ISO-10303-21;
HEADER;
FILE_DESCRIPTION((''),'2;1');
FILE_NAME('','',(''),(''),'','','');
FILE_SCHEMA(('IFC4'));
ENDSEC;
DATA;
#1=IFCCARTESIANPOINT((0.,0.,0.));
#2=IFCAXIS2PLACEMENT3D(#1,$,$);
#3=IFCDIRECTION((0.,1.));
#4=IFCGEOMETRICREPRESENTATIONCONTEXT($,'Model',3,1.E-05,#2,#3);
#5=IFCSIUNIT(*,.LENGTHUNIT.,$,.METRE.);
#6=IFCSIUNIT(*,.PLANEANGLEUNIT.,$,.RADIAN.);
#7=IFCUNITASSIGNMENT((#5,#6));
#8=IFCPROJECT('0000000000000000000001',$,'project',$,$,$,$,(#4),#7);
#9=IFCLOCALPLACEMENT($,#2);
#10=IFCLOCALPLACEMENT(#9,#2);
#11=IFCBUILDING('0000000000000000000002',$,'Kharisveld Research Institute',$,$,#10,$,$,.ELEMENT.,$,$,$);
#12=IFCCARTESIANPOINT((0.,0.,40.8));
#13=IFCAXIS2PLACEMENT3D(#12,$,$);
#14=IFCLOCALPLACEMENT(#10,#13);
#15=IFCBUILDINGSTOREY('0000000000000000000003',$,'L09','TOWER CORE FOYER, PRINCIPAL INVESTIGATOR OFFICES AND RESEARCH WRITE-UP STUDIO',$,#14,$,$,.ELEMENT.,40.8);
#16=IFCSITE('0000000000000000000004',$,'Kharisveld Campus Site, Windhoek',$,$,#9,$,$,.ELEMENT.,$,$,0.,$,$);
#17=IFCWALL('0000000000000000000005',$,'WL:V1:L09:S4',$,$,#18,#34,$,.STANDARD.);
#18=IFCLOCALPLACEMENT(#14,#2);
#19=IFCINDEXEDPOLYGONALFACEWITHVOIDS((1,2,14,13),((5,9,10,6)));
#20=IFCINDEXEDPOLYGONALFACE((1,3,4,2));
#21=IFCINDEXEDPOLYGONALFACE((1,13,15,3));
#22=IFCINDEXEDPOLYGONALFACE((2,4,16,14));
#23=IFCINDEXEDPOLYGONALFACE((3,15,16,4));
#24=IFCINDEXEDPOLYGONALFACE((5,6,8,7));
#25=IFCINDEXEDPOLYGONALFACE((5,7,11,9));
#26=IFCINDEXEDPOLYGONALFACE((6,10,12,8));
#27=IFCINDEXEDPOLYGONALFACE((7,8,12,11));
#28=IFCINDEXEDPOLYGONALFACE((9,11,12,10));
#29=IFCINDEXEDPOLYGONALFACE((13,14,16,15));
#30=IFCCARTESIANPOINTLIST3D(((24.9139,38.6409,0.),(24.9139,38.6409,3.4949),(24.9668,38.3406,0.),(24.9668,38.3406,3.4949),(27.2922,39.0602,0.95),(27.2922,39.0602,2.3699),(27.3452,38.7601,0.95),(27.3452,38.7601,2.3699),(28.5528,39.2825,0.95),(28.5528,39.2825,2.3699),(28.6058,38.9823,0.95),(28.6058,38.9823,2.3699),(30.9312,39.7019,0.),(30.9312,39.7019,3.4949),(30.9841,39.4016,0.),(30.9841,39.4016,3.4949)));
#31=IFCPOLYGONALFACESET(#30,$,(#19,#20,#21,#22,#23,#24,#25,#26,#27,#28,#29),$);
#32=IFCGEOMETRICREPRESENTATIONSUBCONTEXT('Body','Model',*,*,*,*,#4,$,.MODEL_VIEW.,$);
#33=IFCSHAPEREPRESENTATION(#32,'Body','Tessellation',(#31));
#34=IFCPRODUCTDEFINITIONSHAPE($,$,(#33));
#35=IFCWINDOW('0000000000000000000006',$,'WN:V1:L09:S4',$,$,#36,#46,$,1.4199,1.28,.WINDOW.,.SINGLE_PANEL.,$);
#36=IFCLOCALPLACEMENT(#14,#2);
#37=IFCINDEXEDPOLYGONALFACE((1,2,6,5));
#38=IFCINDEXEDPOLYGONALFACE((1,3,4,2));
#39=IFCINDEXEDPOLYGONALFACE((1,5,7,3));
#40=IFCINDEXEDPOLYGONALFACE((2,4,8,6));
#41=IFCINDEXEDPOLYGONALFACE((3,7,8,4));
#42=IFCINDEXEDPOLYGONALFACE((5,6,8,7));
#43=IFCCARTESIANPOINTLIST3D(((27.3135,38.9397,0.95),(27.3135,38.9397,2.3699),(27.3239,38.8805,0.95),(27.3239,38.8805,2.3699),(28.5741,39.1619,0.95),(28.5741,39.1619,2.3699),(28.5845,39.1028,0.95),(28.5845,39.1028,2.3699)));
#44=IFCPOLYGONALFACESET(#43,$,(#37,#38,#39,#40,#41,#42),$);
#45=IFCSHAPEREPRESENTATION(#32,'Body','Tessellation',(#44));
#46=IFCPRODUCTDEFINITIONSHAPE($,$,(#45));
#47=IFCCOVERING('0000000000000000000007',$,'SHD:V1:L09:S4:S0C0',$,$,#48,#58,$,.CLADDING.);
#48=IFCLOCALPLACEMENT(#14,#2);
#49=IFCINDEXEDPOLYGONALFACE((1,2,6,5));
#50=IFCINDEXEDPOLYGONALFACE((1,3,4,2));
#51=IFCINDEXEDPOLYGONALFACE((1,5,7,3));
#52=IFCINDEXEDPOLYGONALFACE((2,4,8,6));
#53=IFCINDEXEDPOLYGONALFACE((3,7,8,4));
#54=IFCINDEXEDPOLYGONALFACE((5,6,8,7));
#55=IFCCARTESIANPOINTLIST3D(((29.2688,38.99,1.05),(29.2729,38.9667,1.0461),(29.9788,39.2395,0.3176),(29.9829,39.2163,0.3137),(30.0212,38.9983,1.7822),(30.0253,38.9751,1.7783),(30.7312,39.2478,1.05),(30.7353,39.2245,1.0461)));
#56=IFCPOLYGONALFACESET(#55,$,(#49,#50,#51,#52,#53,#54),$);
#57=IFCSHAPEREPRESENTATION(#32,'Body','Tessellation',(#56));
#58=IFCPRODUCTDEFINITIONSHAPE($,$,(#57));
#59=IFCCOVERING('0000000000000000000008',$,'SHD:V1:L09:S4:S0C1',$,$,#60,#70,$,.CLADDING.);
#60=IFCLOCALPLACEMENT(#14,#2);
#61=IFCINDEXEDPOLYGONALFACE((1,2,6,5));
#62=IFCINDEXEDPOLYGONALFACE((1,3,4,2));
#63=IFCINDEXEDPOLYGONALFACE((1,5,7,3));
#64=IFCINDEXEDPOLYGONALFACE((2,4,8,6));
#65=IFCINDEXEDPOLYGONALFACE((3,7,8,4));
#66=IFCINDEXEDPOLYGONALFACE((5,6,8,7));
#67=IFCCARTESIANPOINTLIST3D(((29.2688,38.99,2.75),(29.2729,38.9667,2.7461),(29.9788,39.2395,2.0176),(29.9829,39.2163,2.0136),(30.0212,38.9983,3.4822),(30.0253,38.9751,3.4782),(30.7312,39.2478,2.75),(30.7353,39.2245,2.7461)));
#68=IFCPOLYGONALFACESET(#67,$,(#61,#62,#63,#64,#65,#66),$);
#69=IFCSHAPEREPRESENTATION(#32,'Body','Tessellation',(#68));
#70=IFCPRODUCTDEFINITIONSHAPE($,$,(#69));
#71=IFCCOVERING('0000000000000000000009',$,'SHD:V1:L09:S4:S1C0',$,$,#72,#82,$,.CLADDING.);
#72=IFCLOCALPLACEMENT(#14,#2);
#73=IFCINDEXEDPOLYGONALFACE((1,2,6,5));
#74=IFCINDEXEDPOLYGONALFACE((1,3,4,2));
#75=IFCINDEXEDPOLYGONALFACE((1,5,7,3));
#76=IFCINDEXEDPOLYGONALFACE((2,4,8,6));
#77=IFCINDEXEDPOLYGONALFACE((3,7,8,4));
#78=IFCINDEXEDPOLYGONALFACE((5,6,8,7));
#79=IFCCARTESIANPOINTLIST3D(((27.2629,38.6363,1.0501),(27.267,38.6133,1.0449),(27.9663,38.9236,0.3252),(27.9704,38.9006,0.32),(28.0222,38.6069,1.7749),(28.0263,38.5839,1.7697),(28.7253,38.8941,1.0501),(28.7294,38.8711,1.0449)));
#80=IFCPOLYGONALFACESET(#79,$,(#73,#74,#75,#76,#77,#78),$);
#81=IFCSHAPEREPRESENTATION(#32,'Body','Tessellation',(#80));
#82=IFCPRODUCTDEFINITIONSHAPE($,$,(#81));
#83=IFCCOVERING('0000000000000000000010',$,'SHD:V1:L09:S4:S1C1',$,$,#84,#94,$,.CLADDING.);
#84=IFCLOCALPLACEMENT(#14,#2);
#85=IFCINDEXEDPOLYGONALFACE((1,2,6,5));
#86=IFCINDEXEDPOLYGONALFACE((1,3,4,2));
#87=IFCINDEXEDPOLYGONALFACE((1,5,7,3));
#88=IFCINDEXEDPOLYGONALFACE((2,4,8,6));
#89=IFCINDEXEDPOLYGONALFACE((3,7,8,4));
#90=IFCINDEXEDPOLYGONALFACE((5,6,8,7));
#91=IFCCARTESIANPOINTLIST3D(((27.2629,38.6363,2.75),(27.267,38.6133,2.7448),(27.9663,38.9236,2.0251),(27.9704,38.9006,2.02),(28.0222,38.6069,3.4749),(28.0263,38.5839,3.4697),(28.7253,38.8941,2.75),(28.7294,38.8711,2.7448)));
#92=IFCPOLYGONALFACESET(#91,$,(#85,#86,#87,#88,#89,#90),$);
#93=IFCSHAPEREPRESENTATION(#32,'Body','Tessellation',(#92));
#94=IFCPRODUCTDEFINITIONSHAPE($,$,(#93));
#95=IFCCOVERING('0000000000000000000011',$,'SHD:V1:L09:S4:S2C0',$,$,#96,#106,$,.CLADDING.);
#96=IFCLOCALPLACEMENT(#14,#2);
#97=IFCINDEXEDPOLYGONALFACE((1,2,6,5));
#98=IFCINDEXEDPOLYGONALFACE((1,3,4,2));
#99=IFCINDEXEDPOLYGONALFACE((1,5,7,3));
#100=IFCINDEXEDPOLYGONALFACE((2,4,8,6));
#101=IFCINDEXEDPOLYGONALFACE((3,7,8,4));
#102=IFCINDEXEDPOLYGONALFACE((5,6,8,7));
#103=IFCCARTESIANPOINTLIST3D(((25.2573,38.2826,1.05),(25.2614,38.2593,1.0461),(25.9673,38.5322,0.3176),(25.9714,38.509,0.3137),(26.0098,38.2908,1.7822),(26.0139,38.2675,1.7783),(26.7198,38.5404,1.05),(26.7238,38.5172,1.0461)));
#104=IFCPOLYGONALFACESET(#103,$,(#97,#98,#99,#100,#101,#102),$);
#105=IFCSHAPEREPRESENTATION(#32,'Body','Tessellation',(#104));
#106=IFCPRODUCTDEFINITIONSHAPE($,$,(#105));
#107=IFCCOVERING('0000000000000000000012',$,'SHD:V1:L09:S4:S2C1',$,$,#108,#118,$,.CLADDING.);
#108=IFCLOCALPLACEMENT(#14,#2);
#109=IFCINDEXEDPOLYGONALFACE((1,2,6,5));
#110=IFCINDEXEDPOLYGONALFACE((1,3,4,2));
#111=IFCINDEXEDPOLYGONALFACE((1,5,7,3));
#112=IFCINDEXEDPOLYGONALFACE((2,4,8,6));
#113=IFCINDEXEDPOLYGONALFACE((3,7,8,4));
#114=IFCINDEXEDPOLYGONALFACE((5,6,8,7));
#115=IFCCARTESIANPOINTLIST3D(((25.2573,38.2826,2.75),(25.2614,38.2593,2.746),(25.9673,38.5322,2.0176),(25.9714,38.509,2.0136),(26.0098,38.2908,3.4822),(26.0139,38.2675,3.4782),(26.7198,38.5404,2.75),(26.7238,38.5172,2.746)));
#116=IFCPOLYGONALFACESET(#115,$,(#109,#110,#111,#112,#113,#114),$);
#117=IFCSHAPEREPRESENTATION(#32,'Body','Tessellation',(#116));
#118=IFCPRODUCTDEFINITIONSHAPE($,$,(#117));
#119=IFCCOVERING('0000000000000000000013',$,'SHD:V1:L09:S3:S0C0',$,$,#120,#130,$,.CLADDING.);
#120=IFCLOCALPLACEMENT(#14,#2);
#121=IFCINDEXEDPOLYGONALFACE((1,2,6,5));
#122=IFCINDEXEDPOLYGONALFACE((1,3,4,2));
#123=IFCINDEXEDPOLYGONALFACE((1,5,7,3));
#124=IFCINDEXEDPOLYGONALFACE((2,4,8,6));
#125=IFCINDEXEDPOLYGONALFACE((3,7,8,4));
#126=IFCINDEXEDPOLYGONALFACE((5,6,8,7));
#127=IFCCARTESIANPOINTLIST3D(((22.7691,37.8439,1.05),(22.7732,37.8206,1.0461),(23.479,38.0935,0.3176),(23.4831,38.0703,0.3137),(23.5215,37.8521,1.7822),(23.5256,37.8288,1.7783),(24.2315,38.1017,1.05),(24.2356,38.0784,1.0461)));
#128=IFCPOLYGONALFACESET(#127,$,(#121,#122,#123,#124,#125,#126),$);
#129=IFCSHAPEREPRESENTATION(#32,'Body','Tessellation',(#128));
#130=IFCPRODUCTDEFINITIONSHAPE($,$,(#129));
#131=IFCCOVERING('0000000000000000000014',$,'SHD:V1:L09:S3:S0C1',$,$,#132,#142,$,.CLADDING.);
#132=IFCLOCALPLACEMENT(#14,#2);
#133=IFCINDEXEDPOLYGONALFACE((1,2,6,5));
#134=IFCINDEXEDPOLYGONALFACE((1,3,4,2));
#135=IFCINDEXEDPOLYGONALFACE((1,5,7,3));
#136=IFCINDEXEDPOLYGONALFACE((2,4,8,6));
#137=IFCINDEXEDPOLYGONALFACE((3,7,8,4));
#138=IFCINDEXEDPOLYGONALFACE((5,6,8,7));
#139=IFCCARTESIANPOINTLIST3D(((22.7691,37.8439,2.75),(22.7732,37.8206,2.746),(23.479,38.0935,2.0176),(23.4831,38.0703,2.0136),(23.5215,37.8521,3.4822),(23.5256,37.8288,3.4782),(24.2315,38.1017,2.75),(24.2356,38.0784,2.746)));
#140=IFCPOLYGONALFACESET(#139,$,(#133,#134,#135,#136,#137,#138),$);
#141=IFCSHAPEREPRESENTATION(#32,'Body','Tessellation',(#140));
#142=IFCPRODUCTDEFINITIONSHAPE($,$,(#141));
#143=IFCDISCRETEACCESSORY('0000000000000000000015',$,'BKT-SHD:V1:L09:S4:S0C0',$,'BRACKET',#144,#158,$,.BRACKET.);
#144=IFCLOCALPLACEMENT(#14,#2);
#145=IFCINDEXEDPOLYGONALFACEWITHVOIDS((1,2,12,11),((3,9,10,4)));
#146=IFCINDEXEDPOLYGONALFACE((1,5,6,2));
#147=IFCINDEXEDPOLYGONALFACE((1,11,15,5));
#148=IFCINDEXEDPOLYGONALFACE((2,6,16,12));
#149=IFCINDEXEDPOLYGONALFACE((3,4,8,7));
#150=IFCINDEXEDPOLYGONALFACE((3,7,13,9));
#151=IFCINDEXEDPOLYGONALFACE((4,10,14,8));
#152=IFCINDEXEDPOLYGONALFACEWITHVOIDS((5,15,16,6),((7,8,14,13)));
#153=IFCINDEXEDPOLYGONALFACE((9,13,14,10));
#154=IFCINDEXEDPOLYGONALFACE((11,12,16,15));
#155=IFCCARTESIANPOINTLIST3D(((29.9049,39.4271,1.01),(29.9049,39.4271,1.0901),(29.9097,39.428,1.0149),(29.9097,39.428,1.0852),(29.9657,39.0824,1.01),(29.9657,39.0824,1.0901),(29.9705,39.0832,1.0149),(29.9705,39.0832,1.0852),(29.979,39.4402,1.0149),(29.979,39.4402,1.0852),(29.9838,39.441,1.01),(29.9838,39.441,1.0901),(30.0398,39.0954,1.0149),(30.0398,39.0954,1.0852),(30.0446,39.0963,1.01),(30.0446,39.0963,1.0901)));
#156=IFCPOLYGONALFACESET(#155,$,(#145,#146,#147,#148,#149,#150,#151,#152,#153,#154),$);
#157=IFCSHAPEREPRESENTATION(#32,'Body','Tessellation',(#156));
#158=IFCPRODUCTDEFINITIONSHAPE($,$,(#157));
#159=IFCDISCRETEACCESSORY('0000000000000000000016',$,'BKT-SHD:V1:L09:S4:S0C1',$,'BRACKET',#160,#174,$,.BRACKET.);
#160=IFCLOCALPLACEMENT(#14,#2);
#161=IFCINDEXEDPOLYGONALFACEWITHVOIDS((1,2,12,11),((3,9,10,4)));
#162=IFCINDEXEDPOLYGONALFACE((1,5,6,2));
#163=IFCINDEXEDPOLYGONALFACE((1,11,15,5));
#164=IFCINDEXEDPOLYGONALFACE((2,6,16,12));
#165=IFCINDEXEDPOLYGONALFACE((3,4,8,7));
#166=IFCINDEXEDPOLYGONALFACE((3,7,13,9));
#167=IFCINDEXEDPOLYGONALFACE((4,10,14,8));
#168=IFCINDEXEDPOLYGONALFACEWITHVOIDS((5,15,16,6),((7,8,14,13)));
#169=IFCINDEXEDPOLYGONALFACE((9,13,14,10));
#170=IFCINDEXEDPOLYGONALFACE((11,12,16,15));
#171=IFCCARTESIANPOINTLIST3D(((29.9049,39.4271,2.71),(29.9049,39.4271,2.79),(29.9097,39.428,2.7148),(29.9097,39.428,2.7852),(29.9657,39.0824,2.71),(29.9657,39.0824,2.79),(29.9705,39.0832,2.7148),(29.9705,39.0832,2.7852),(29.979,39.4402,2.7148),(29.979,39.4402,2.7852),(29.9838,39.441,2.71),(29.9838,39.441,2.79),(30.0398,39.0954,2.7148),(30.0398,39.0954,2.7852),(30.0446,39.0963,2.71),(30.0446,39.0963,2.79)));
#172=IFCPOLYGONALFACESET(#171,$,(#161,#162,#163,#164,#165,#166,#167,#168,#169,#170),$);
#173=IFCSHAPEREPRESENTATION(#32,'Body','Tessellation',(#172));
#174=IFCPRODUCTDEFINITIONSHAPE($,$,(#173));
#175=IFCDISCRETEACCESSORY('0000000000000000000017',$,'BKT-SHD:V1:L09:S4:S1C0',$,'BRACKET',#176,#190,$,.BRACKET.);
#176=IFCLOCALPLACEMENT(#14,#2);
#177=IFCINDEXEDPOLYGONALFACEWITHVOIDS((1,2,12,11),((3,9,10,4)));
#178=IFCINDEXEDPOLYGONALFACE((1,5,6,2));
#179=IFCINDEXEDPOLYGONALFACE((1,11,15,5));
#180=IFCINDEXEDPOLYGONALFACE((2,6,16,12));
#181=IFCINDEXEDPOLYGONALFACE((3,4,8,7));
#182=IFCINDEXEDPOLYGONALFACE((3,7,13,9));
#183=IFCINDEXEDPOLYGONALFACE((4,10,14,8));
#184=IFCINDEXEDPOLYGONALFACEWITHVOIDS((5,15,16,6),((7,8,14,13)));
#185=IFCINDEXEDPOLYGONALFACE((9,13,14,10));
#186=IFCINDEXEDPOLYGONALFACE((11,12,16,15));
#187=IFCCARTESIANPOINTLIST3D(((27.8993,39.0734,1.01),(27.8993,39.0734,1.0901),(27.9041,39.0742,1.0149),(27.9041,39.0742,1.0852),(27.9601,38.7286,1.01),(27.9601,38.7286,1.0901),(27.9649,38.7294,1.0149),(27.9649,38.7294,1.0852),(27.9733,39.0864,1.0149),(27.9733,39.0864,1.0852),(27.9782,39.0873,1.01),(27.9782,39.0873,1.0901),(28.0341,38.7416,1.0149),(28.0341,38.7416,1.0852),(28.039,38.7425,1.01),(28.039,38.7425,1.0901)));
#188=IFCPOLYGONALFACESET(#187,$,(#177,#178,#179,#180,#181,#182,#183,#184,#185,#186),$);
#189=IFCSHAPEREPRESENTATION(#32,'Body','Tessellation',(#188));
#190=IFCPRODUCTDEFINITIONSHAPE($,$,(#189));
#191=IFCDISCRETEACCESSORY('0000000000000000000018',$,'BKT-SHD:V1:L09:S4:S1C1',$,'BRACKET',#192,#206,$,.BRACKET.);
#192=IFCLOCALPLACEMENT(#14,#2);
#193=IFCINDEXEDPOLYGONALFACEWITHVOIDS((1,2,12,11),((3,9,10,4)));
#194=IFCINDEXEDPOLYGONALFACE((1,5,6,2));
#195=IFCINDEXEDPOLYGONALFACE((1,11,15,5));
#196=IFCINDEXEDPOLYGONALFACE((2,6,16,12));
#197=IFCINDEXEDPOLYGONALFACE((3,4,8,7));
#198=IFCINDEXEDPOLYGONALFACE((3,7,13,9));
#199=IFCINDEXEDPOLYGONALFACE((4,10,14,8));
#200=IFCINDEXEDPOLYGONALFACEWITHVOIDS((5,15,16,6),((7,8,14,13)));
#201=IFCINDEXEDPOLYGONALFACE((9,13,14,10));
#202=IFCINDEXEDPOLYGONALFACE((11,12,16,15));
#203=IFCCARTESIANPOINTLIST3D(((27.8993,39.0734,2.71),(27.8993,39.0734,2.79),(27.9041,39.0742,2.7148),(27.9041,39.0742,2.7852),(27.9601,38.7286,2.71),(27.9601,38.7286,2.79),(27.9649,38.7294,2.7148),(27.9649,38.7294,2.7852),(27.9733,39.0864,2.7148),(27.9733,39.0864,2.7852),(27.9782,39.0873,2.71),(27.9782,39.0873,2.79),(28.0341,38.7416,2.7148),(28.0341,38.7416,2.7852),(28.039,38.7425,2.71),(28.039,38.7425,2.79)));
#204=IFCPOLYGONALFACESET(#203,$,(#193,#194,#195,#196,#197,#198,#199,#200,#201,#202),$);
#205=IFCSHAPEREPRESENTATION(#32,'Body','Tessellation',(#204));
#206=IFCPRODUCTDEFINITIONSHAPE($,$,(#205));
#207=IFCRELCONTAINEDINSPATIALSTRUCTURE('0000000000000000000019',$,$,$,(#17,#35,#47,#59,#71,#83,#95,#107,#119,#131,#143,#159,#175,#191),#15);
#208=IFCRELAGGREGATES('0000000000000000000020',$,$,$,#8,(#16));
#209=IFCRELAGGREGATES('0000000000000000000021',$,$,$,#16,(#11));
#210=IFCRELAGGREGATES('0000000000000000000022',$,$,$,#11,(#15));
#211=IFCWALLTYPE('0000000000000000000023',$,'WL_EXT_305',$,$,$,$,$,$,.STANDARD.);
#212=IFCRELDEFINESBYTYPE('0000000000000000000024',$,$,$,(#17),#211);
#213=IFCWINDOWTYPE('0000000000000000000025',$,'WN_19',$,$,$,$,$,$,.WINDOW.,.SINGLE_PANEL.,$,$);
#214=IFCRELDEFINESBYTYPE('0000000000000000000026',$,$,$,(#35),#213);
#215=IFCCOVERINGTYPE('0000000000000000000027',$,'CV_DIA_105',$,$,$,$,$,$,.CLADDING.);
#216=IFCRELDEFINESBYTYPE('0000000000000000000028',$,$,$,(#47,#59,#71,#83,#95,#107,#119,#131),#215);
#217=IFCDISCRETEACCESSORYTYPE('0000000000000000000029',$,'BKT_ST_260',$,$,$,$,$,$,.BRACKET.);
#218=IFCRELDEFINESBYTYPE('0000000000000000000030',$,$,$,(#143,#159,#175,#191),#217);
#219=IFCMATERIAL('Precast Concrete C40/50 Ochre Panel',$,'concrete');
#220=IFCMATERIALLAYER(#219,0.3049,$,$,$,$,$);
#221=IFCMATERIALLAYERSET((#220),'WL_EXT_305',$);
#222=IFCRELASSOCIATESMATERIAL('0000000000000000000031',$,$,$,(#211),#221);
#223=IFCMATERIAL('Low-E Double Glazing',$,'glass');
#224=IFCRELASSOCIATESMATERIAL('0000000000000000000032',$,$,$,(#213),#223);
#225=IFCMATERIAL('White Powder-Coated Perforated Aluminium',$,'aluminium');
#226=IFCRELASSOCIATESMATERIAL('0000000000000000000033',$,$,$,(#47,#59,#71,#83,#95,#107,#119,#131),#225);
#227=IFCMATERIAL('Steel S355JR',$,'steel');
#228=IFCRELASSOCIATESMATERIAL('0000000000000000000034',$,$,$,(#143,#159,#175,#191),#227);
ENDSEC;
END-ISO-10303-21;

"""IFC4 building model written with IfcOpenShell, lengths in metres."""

from ifc_helpers import new_model, si_unit, direction, frame, frame_2d, origin, origin_2d, place, context, subcontext, project, spatial, polyline, rectangle, hollow_rectangle, outline, extrude, material, layer, layer_set, type_object, element, fill, save


model = new_model("IFC4")

# Units and contexts
model_context = context("Model", 3, precision=1e-05, world=origin(), true_north=direction((0.0, 1.0)))
body_context = subcontext(model_context, "Body", "Model", "MODEL_VIEW")
ifc_project = project(units=[si_unit("LENGTHUNIT", "METRE"), si_unit("PLANEANGLEUNIT", "RADIAN")], contexts=[model_context])

# Site, building, storey
site_placement = place(None, origin())
site = spatial("IfcSite", under=ifc_project, at=site_placement, Name="Kharisveld Campus Site, Windhoek", CompositionType="ELEMENT", RefElevation=0.0)
building_placement = place(site_placement, origin())
building = spatial("IfcBuilding", under=site, at=building_placement, Name="Kharisveld Research Institute", CompositionType="ELEMENT")
storey_placement = place(building_placement, frame((0.0, 0.0, 40.8)))
storey = spatial("IfcBuildingStorey", under=building, at=storey_placement, Name="L09", Description="TOWER CORE FOYER, PRINCIPAL INVESTIGATOR OFFICES AND RESEARCH WRITE-UP STUDIO", CompositionType="ELEMENT", Elevation=40.8)

# Wall, opening, window
ifc_material_1 = material(Name="Precast Concrete C40/50 Ochre Panel", Category="concrete")
ifc_layer_1 = layer(ifc_material_1, 0.3049)
ifc_layer_set_1 = layer_set([ifc_layer_1], Name="WL_EXT_305")
wall_type = type_object("IfcWallType", Name="WL_EXT_305", PredefinedType="STANDARD", material=ifc_layer_set_1)
wall_placement = place(storey_placement, frame((30.9578, 39.5518, 0.0), z_axis=(0.0, 0.0, 1.0), x_axis=(-0.984807, -0.173651, 0.0)))
wall = element("IfcWall", 1, at=wall_placement, inside=storey, type_object=wall_type, Name="WL:V1:L09:S4", PredefinedType="STANDARD", context=body_context, shape_type="SweptSolid", body=[
    extrude(rectangle(XDim=6.1101, YDim=0.3049, at=frame_2d((3.0552, 0.0))), origin(), (0.0, 0.0, 1.0), 3.4949),
])
opening_placement = place(wall_placement, frame((2.415, 0.0, 0.95)))
opening = element("IfcOpeningElement", 2, at=opening_placement, cuts=wall, PredefinedType="OPENING", context=body_context, shape_type="SweptSolid", body=[
    extrude(rectangle(XDim=1.28, YDim=1.4199, at=frame_2d((0.6401, 0.71))), frame((0.0, 0.1523, 0.0), z_axis=(0.0, -1.0, 0.0), x_axis=(1.0, 0.0, 0.0)), (0.0, 0.0, 1.0), 0.3049),
])
ifc_material_2 = material(Name="Low-E Double Glazing", Category="glass")
window_type = type_object("IfcWindowType", Name="WN_19", PartitioningType="SINGLE_PANEL", PredefinedType="WINDOW", material=ifc_material_2)
window_placement = place(opening_placement, origin())
window = element("IfcWindow", 3, at=window_placement, inside=storey, type_object=window_type, Name="WN:V1:L09:S4", OverallHeight=1.4199, OverallWidth=1.28, PartitioningType="SINGLE_PANEL", PredefinedType="WINDOW", context=body_context, shape_type="SweptSolid", body=[
    extrude(rectangle(XDim=1.28, YDim=1.4199, at=frame_2d((0.6401, 0.71))), frame((0.0, 0.03, 0.0), z_axis=(0.0, -1.0, 0.0), x_axis=(1.0, 0.0, 0.0)), (0.0, 0.0, 1.0), 0.0601),
])
fill(opening, window)

# Coverings
ifc_material_3 = material(Name="White Powder-Coated Perforated Aluminium", Category="aluminium")
covering_type = type_object("IfcCoveringType", Name="CV_DIA_105", PredefinedType="CLADDING")
for number, where, z_axis, x_axis, name in (
    (4, (29.9788, 39.2395, 0.3176), (-0.171239, 0.971325, 0.164938), (-0.676076, -0.237623, 0.697465), "SHD:V1:L09:S4:S0C0"),
    (5, (29.9788, 39.2395, 2.0176), (-0.171239, 0.971325, 0.164938), (-0.676076, -0.237623, 0.697465), "SHD:V1:L09:S4:S0C1"),
):
    element("IfcCovering", number, at=place(storey_placement, frame(where, z_axis=z_axis, x_axis=x_axis)), inside=storey, type_object=covering_type, material=ifc_material_3, Name=name, PredefinedType="CLADDING", context=body_context, shape_type="SweptSolid", body=[
        extrude(outline(polyline([(0.0, 0.0), (1.0501, 0.0), (1.0501, 1.0499), (0.0002, 1.0501), (0.0, 0.0)])), origin(), (0.0, 0.0, -1.0), 0.0239),
    ])
for number, where, z_axis, x_axis, name in (
    (6, (27.9663, 38.9236, 0.3252), (-0.169497, 0.961447, 0.21654), (-0.669826, -0.273555, 0.69029), "SHD:V1:L09:S4:S1C0"),
    (7, (27.9663, 38.9236, 2.0251), (-0.169497, 0.961447, 0.21654), (-0.669826, -0.273555, 0.69029), "SHD:V1:L09:S4:S1C1"),
):
    element("IfcCovering", number, at=place(storey_placement, frame(where, z_axis=z_axis, x_axis=x_axis)), inside=storey, type_object=covering_type, material=ifc_material_3, Name=name, PredefinedType="CLADDING", context=body_context, shape_type="SweptSolid", body=[
        extrude(outline(polyline([(0.0, 0.0), (1.0501, 0.0), (1.0499, 1.0501), (0.0, 1.05), (0.0, 0.0)])), origin(), (0.0, 0.0, -1.0), 0.0239),
    ])
for number, where, z_axis, x_axis, name in (
    (8, (25.9673, 38.5322, 0.3176), (-0.171234, 0.971299, 0.165096), (-0.676056, -0.237732, 0.697446), "SHD:V1:L09:S4:S2C0"),
    (9, (25.9673, 38.5322, 2.0176), (-0.171234, 0.971299, 0.165096), (-0.676056, -0.237732, 0.697446), "SHD:V1:L09:S4:S2C1"),
    (10, (23.479, 38.0935, 0.3176), (-0.171234, 0.971299, 0.165096), (-0.676056, -0.237732, 0.697446), "SHD:V1:L09:S3:S0C0"),
    (11, (23.479, 38.0935, 2.0176), (-0.171234, 0.971299, 0.165096), (-0.676056, -0.237732, 0.697446), "SHD:V1:L09:S3:S0C1"),
):
    element("IfcCovering", number, at=place(storey_placement, frame(where, z_axis=z_axis, x_axis=x_axis)), inside=storey, type_object=covering_type, material=ifc_material_3, Name=name, PredefinedType="CLADDING", context=body_context, shape_type="SweptSolid", body=[
        extrude(outline(polyline([(0.0, 0.0), (1.0501, 0.0), (1.0502, 1.0499), (0.0002, 1.0501), (0.0, 0.0)])), origin(), (0.0, 0.0, -1.0), 0.0239),
    ])

# Discrete accessories
ifc_material_4 = material(Name="Steel S355JR", Category="steel")
discrete_accessory_type = type_object("IfcDiscreteAccessoryType", Name="BKT_ST_260", PredefinedType="BRACKET")
for number, where, z_axis, x_axis, name in (
    (12, (29.9443, 39.4341, 1.05), (0.173666, -0.984805, 0.0), (0.984805, 0.173666, 0.0), "BKT-SHD:V1:L09:S4:S0C0"),
    (13, (29.9443, 39.4341, 2.75), (0.173666, -0.984805, 0.0), (0.984805, 0.173666, 0.0), "BKT-SHD:V1:L09:S4:S0C1"),
    (14, (27.9387, 39.0803, 1.05), (0.173666, -0.984805, 0.0), (0.984805, 0.173666, 0.0), "BKT-SHD:V1:L09:S4:S1C0"),
    (15, (27.9387, 39.0803, 2.75), (0.173666, -0.984805, 0.0), (0.984805, 0.173666, 0.0), "BKT-SHD:V1:L09:S4:S1C1"),
):
    element("IfcDiscreteAccessory", number, at=place(storey_placement, frame(where, z_axis=z_axis, x_axis=x_axis)), inside=storey, type_object=discrete_accessory_type, material=ifc_material_4, Name=name, ObjectType="BRACKET", PredefinedType="BRACKET", context=body_context, shape_type="SweptSolid", body=[
        extrude(hollow_rectangle(XDim=0.0801, YDim=0.0801, WallThickness=0.0049, at=origin_2d()), origin(), (0.0, 0.0, 1.0), 0.3501),
    ])

save(model, "model.ifc")
